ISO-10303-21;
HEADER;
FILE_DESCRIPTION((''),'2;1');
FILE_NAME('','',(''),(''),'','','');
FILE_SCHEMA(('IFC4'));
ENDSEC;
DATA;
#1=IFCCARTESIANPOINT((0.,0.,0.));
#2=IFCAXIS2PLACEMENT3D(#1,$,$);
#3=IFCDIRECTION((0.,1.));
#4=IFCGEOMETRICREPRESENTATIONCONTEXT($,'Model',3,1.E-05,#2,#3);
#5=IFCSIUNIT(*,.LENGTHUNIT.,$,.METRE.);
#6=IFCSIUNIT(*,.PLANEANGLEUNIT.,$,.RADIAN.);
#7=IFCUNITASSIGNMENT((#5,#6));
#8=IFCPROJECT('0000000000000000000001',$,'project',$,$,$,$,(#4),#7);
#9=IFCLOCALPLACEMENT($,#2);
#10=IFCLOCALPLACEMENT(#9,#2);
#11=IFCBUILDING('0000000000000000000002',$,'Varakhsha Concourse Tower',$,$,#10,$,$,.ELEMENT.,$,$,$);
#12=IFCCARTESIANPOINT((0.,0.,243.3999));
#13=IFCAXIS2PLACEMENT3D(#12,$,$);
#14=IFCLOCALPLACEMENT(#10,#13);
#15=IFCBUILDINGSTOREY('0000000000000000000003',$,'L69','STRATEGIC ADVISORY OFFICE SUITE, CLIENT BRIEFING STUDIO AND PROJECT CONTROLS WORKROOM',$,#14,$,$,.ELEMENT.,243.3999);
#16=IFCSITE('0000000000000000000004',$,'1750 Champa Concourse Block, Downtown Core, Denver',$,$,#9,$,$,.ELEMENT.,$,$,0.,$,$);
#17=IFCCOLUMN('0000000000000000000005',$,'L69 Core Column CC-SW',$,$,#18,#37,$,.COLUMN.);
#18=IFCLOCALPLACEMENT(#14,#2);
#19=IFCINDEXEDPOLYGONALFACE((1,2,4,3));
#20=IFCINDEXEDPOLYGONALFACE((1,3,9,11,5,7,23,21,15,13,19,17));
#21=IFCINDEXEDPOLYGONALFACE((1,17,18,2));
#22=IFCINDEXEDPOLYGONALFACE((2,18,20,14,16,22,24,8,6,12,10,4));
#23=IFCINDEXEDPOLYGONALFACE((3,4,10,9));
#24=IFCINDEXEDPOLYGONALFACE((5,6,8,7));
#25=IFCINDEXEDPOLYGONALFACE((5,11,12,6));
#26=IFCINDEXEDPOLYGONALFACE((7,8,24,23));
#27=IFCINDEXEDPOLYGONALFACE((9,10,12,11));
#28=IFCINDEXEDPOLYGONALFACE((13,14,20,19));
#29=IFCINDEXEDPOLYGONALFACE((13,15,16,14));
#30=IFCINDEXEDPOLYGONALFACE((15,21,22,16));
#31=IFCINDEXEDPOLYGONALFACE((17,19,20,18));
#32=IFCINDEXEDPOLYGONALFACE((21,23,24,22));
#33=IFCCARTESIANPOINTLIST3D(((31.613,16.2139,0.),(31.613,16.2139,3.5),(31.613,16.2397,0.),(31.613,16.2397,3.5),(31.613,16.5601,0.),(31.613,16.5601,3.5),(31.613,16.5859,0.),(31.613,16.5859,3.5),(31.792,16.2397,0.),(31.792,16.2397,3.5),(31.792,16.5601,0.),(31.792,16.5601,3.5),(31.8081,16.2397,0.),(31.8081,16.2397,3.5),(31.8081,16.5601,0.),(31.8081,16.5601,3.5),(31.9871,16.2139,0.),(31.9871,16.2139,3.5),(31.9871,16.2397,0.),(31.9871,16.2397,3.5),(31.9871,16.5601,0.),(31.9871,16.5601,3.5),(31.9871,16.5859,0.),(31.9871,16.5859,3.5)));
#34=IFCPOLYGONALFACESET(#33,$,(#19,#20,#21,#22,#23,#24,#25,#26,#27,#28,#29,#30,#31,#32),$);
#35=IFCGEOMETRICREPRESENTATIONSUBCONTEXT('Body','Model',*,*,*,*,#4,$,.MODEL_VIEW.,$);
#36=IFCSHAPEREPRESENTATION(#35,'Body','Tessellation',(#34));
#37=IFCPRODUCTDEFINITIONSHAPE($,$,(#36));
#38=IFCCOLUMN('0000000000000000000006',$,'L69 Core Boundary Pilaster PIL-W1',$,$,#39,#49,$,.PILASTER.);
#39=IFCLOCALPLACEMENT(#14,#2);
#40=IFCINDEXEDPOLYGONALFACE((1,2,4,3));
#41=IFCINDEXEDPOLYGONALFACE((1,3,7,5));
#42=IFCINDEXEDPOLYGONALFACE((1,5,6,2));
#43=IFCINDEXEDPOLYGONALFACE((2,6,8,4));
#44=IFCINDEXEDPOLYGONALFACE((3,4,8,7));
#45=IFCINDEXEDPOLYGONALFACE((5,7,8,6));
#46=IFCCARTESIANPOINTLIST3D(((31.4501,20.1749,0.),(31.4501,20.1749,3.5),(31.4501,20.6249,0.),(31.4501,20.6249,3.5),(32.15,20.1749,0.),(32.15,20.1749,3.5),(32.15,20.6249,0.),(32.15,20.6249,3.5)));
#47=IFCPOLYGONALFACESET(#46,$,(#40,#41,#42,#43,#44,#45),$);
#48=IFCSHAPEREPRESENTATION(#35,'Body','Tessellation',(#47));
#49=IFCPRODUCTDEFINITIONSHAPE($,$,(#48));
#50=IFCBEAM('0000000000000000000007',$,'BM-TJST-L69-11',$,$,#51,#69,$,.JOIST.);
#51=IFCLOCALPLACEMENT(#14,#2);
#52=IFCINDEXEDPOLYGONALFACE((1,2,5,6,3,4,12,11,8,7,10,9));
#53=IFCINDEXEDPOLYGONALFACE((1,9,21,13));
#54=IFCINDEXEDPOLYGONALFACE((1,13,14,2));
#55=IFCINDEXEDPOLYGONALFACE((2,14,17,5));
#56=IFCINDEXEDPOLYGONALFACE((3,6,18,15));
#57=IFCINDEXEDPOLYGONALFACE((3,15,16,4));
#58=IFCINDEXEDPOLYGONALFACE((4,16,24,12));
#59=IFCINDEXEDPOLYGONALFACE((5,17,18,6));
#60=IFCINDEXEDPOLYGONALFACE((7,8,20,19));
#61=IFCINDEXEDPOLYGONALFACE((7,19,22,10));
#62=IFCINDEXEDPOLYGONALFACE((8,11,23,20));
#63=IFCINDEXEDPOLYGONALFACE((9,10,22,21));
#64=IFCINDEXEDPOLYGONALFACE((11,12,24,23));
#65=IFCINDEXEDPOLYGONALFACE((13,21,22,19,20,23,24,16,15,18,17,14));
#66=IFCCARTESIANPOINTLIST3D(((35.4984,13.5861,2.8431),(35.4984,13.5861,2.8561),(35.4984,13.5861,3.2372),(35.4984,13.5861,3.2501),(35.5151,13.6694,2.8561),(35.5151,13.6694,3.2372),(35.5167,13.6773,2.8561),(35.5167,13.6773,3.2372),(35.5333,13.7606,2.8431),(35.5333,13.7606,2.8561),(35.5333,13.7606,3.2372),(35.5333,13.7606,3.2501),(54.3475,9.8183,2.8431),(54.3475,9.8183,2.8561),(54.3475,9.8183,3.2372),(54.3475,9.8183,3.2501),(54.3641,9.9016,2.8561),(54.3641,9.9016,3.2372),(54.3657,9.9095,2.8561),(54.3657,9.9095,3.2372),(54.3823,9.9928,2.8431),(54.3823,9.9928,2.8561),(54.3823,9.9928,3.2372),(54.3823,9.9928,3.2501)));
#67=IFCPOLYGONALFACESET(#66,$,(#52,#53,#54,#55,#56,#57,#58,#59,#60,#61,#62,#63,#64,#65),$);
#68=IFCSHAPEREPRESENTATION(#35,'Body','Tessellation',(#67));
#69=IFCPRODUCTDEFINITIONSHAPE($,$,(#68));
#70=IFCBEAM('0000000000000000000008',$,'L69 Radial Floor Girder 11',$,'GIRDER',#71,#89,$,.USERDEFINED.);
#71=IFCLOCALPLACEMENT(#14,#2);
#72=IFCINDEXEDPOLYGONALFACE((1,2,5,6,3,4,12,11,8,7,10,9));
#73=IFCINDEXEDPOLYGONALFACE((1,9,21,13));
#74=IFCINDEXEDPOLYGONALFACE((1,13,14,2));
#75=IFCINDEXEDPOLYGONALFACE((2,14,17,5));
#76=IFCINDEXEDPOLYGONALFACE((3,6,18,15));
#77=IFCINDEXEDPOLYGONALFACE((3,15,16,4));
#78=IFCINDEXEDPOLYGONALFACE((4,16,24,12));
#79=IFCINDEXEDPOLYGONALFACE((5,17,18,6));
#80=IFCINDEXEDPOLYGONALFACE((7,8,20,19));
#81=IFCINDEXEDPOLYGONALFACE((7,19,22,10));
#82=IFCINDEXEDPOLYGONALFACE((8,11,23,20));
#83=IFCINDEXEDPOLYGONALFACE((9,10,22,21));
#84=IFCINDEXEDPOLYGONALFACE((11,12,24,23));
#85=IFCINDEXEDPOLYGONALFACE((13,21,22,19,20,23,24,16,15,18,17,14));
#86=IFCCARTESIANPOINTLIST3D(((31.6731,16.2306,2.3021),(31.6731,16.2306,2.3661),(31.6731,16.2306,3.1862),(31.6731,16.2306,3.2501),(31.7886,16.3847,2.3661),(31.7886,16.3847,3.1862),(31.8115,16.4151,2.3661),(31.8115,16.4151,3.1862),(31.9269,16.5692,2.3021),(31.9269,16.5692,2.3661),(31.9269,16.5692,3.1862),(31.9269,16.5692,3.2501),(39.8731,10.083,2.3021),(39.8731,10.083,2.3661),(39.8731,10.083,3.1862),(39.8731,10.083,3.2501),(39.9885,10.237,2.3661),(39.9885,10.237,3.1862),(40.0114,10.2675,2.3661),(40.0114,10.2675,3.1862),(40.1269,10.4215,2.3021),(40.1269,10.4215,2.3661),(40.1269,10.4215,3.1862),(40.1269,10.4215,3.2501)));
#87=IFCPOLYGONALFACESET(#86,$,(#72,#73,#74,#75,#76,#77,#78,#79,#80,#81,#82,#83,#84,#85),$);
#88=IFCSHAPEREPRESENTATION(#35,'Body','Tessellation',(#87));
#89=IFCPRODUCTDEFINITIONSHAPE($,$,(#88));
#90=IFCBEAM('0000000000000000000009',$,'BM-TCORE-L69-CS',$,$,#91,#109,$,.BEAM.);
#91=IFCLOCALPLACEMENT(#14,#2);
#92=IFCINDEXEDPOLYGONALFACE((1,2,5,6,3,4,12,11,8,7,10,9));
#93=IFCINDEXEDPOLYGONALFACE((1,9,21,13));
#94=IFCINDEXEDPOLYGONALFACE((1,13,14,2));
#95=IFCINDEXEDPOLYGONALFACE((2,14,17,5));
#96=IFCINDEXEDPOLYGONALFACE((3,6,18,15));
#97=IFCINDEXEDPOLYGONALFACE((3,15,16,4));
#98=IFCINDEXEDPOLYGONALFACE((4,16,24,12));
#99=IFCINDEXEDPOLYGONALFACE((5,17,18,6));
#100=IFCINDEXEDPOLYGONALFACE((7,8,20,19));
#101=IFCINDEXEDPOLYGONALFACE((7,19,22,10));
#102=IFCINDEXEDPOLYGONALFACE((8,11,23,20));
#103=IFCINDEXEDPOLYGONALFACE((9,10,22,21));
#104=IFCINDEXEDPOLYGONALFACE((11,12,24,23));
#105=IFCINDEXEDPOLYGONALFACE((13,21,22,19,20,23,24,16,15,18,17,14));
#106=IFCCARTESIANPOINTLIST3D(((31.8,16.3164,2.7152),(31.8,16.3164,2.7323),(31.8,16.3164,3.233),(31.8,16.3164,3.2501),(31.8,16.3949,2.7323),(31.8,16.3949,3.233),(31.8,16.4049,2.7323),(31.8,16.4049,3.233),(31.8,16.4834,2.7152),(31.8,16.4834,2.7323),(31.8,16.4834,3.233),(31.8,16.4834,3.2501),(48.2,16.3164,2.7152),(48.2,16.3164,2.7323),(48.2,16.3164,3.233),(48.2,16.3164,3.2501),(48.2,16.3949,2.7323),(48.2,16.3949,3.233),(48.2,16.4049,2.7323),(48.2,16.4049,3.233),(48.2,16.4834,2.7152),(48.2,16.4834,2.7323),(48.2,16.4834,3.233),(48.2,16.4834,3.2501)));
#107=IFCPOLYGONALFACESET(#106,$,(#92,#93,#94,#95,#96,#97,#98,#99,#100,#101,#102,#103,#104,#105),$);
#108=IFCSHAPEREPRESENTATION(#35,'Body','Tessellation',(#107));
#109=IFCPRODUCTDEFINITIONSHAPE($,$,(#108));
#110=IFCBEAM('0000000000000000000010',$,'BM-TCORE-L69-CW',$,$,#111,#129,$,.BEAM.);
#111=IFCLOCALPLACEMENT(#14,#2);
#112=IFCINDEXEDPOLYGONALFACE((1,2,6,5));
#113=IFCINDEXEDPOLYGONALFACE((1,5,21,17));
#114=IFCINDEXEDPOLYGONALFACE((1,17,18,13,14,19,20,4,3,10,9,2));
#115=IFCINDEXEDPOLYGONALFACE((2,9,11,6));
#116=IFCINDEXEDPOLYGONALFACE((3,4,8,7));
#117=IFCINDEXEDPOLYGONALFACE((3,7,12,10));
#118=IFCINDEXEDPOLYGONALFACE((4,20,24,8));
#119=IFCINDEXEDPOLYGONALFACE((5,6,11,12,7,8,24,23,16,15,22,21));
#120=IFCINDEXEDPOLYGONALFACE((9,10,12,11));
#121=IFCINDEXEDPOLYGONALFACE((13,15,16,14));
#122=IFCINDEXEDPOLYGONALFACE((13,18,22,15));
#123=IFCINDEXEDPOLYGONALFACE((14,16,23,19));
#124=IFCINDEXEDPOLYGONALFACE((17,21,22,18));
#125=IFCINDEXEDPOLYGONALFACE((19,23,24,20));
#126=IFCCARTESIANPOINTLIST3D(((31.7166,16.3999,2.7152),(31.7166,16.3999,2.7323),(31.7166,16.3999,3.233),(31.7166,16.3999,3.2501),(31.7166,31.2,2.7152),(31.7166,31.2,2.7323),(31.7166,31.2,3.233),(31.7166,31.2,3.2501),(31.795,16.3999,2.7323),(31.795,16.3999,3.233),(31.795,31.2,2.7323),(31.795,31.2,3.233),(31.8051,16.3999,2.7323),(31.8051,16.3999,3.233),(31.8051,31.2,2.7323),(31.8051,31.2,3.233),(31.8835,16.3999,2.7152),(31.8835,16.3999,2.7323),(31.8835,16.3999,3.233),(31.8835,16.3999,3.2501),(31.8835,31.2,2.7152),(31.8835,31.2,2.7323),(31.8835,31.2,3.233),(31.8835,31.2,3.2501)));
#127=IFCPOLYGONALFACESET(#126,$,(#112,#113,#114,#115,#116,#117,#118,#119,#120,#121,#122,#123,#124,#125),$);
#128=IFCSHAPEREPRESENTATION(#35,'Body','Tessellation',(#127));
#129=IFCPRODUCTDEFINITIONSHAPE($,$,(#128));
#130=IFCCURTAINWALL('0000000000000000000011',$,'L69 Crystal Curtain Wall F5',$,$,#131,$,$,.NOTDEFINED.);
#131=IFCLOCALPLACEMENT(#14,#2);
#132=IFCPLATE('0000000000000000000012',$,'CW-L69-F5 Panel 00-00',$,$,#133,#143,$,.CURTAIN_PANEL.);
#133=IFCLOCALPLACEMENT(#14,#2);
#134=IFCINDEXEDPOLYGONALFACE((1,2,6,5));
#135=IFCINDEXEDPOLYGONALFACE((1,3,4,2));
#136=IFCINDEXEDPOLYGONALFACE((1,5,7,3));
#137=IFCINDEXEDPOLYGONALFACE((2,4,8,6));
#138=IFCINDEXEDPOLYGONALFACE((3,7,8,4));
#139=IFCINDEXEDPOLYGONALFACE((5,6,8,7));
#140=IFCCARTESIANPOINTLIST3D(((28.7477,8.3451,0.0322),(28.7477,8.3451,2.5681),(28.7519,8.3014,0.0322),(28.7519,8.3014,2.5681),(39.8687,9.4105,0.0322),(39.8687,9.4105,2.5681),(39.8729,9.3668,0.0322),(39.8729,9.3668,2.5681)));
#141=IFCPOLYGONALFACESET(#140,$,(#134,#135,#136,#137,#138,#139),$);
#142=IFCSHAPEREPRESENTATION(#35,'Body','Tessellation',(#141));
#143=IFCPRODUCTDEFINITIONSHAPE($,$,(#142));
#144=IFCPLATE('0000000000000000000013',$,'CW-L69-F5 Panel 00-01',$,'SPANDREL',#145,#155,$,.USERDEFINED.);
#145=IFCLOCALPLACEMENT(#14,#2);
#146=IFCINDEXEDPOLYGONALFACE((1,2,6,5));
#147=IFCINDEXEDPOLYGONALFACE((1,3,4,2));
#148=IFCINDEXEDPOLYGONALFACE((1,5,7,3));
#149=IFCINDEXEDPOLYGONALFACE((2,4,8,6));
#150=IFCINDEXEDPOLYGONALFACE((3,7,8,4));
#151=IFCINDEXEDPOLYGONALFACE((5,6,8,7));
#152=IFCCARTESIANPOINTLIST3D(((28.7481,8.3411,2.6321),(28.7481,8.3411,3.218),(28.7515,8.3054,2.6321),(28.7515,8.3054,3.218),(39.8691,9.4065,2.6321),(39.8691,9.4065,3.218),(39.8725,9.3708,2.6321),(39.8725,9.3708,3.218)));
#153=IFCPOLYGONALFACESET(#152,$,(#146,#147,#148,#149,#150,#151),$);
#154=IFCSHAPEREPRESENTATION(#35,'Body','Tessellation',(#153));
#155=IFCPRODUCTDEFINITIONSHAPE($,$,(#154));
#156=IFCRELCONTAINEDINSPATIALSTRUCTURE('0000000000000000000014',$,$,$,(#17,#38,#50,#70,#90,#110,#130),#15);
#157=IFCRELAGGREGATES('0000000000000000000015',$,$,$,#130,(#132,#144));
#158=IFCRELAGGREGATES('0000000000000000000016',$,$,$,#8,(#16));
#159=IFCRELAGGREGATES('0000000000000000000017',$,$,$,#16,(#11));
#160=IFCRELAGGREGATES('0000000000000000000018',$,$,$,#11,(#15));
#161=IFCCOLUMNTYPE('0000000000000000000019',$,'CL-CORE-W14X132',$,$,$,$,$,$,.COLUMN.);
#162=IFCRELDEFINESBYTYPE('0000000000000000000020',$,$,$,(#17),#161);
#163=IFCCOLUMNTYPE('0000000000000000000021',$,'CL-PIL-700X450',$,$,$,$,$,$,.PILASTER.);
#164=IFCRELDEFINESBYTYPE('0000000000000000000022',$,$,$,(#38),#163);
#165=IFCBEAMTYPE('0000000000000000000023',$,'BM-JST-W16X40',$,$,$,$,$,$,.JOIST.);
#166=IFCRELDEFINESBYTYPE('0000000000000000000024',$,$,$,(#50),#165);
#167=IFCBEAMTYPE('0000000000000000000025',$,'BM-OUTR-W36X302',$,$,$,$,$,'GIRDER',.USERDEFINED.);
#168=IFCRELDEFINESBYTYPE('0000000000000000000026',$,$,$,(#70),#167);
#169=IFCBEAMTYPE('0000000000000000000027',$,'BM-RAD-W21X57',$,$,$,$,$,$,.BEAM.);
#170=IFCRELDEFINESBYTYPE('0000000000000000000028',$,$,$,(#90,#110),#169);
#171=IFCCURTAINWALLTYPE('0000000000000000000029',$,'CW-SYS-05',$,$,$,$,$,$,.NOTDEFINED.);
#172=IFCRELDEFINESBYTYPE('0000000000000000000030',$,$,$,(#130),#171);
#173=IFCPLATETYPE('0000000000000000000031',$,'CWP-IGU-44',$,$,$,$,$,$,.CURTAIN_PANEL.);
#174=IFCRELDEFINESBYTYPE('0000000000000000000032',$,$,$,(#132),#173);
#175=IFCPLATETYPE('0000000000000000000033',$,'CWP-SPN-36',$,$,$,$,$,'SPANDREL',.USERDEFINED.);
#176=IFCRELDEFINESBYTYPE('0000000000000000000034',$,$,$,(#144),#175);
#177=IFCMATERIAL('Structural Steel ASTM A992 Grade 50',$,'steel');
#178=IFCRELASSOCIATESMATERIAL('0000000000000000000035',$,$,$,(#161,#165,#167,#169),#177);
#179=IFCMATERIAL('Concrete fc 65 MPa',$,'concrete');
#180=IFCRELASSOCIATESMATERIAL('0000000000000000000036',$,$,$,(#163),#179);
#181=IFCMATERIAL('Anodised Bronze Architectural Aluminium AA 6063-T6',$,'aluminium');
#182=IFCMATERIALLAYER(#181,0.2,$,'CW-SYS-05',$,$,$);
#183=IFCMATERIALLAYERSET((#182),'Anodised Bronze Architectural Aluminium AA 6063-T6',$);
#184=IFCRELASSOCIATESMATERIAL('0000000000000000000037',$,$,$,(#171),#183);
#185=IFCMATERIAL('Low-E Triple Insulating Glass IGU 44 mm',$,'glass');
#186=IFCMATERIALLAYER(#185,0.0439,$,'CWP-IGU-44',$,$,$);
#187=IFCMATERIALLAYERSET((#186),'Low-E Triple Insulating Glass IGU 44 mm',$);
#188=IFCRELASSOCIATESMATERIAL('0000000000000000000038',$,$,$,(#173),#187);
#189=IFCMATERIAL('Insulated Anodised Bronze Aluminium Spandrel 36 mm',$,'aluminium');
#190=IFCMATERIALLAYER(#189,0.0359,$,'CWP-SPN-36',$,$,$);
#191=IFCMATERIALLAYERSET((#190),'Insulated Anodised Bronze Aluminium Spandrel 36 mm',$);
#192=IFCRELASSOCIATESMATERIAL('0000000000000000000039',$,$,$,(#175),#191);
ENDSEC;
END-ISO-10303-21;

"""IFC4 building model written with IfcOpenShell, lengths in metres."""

from ifc_helpers import new_model, si_unit, direction, frame, origin, origin_2d, place, context, subcontext, project, spatial, rectangle, i_section, extrude, source, transform, mapped, material, layer, layer_set, material_profile, profile_set, type_object, type_shapes, element, aggregate, save


model = new_model("IFC4")

# Units and contexts
model_context = context("Model", 3, precision=1e-05, world=origin(), true_north=direction((0.0, 1.0)))
body_context = subcontext(model_context, "Body", "Model", "MODEL_VIEW")
ifc_project = project(units=[si_unit("LENGTHUNIT", "METRE"), si_unit("PLANEANGLEUNIT", "RADIAN")], contexts=[model_context])

# Site, building, storey
site_placement = place(None, origin())
site = spatial("IfcSite", under=ifc_project, at=site_placement, Name="1750 Champa Concourse Block, Downtown Core, Denver", CompositionType="ELEMENT", RefElevation=0.0)
building_placement = place(site_placement, origin())
building = spatial("IfcBuilding", under=site, at=building_placement, Name="Varakhsha Concourse Tower", CompositionType="ELEMENT")
storey_placement = place(building_placement, frame((0.0, 0.0, 243.3999)))
storey = spatial("IfcBuildingStorey", under=building, at=storey_placement, Name="L69", Description="STRATEGIC ADVISORY OFFICE SUITE, CLIENT BRIEFING STUDIO AND PROJECT CONTROLS WORKROOM", CompositionType="ELEMENT", Elevation=243.3999)

# Columns
ifc_material_1 = material(Name="Structural Steel ASTM A992 Grade 50", Category="steel")
ifc_material_profile_1 = material_profile(ifc_material_1, i_section(OverallWidth=0.374, OverallDepth=0.3721, WebThickness=0.0161, FlangeThickness=0.0259, at=origin_2d()), Name="W14X132")
ifc_profile_set_1 = profile_set([ifc_material_profile_1], Name="Structural Steel ASTM A992 Grade 50")
column_type_1 = type_object("IfcColumnType", Name="CL-CORE-W14X132", PredefinedType="COLUMN", material=ifc_profile_set_1)
column_1_placement = place(storey_placement, frame((31.8, 16.3999, 0.0), z_axis=(0.0, 0.0, 1.0), x_axis=(1.0, 0.0, 0.0)))
element("IfcColumn", 1, at=column_1_placement, inside=storey, type_object=column_type_1, Name="L69 Core Column CC-SW", PredefinedType="COLUMN", context=body_context, shape_type="SweptSolid", body=[
    extrude(i_section(OverallWidth=0.374, OverallDepth=0.3721, WebThickness=0.0161, FlangeThickness=0.0259, at=origin_2d()), origin(), (0.0, 0.0, 1.0), 3.5),
])
ifc_material_2 = material(Name="Concrete fc 65 MPa", Category="concrete")
ifc_material_profile_2 = material_profile(ifc_material_2, rectangle(XDim=0.7, YDim=0.45, at=origin_2d()), Name="RC 700x450")
ifc_profile_set_2 = profile_set([ifc_material_profile_2], Name="Concrete fc 65 MPa")
column_type_2 = type_object("IfcColumnType", Name="CL-PIL-700X450", PredefinedType="PILASTER", material=ifc_profile_set_2)
column_2_placement = place(storey_placement, frame((31.8, 20.3999, 0.0), z_axis=(0.0, 0.0, 1.0), x_axis=(1.0, 0.0, 0.0)))
element("IfcColumn", 2, at=column_2_placement, inside=storey, type_object=column_type_2, Name="L69 Core Boundary Pilaster PIL-W1", PredefinedType="PILASTER", context=body_context, shape_type="SweptSolid", body=[
    extrude(rectangle(XDim=0.7, YDim=0.45, at=origin_2d()), origin(), (0.0, 0.0, 1.0), 3.5),
])

# Beams
ifc_material_profile_3 = material_profile(ifc_material_1, i_section(OverallWidth=0.178, OverallDepth=0.407, WebThickness=0.0081, FlangeThickness=0.0129, at=origin_2d()), Name="W16X40")
ifc_profile_set_3 = profile_set([ifc_material_profile_3], Name="Structural Steel ASTM A992 Grade 50")
beam_type_1 = type_object("IfcBeamType", Name="BM-JST-W16X40", PredefinedType="JOIST", material=ifc_profile_set_3)
beam_1_placement = place(storey_placement, frame((35.5159, 13.6733, 3.0466), z_axis=(0.980601, -0.196016, 0.0), x_axis=(0.196016, 0.980601, 0.0)))
element("IfcBeam", 3, at=beam_1_placement, inside=storey, type_object=beam_type_1, Name="BM-TJST-L69-11", PredefinedType="JOIST", context=body_context, shape_type="SweptSolid", body=[
    extrude(i_section(OverallWidth=0.178, OverallDepth=0.407, WebThickness=0.0081, FlangeThickness=0.0129, at=origin_2d()), origin(), (0.0, 0.0, 1.0), 19.2219),
])
ifc_material_profile_4 = material_profile(ifc_material_1, i_section(OverallWidth=0.4231, OverallDepth=0.948, WebThickness=0.0381, FlangeThickness=0.064, at=origin_2d()), Name="W36X302")
ifc_profile_set_4 = profile_set([ifc_material_profile_4], Name="Structural Steel ASTM A992 Grade 50")
beam_type_2 = type_object("IfcBeamType", Name="BM-OUTR-W36X302", ElementType="GIRDER", PredefinedType="USERDEFINED", material=ifc_profile_set_4)
beam_2_placement = place(storey_placement, frame((31.8, 16.3999, 2.7761), z_axis=(0.800106, -0.599859, 0.0), x_axis=(0.599859, 0.800106, 0.0)))
element("IfcBeam", 4, at=beam_2_placement, inside=storey, type_object=beam_type_2, Name="L69 Radial Floor Girder 11", ObjectType="GIRDER", PredefinedType="USERDEFINED", context=body_context, shape_type="SweptSolid", body=[
    extrude(i_section(OverallWidth=0.4231, OverallDepth=0.948, WebThickness=0.0381, FlangeThickness=0.064, at=origin_2d()), origin(), (0.0, 0.0, 1.0), 10.2485),
])
ifc_material_profile_5 = material_profile(ifc_material_1, i_section(OverallWidth=0.167, OverallDepth=0.5349, WebThickness=0.01, FlangeThickness=0.0171, at=origin_2d()), Name="W21X57")
ifc_profile_set_5 = profile_set([ifc_material_profile_5], Name="Structural Steel ASTM A992 Grade 50")
beam_type_3 = type_object("IfcBeamType", Name="BM-RAD-W21X57", PredefinedType="BEAM", material=ifc_profile_set_5)
beam_3_placement = place(storey_placement, frame((31.8, 16.3999, 2.9827), z_axis=(1.0, 0.0, 0.0), x_axis=(0.0, 1.0, 0.0)))
element("IfcBeam", 5, at=beam_3_placement, inside=storey, type_object=beam_type_3, Name="BM-TCORE-L69-CS", PredefinedType="BEAM", context=body_context, shape_type="SweptSolid", body=[
    extrude(i_section(OverallWidth=0.167, OverallDepth=0.5349, WebThickness=0.01, FlangeThickness=0.0171, at=origin_2d()), origin(), (0.0, 0.0, 1.0), 16.3999),
])
beam_4_placement = place(storey_placement, frame((31.8, 16.3999, 2.9827), z_axis=(0.0, 1.0, 0.0), x_axis=(-1.0, 0.0, 0.0)))
element("IfcBeam", 6, at=beam_4_placement, inside=storey, type_object=beam_type_3, Name="BM-TCORE-L69-CW", PredefinedType="BEAM", context=body_context, shape_type="SweptSolid", body=[
    extrude(i_section(OverallWidth=0.167, OverallDepth=0.5349, WebThickness=0.01, FlangeThickness=0.0171, at=origin_2d()), origin(), (0.0, 0.0, 1.0), 14.8),
])

# Curtain wall, plates
ifc_material_3 = material(Name="Anodised Bronze Architectural Aluminium AA 6063-T6", Category="aluminium")
ifc_layer_1 = layer(ifc_material_3, 0.2, Name="CW-SYS-05")
ifc_layer_set_1 = layer_set([ifc_layer_1], Name="Anodised Bronze Architectural Aluminium AA 6063-T6")
curtain_wall_type = type_object("IfcCurtainWallType", Name="CW-SYS-05", PredefinedType="NOTDEFINED", material=ifc_layer_set_1)
curtain_wall_placement = place(storey_placement, origin())
curtain_wall = element("IfcCurtainWall", 7, at=curtain_wall_placement, inside=storey, type_object=curtain_wall_type, Name="L69 Crystal Curtain Wall F5", PredefinedType="NOTDEFINED")
ifc_material_4 = material(Name="Low-E Triple Insulating Glass IGU 44 mm", Category="glass")
ifc_layer_2 = layer(ifc_material_4, 0.0439, Name="CWP-IGU-44")
ifc_layer_set_2 = layer_set([ifc_layer_2], Name="Low-E Triple Insulating Glass IGU 44 mm")
plate_type_1 = type_object("IfcPlateType", Name="CWP-IGU-44", PredefinedType="CURTAIN_PANEL", material=ifc_layer_set_2)
shared_shape_1 = source(origin(), body_context, "Body", "SweptSolid", [
    extrude(rectangle(XDim=11.1719, YDim=0.0439, at=origin_2d()), origin(), (0.0, 0.0, 1.0), 2.5359),
])
type_shapes(plate_type_1, [shared_shape_1])
plate_1_placement = place(storey_placement, frame((34.3103, 8.856, 0.0322), z_axis=(0.0, 0.0, 1.0), x_axis=(-0.995443, -0.095363, 0.0)))
plate_1 = element("IfcPlate", 8, at=plate_1_placement, type_object=plate_type_1, Name="CW-L69-F5 Panel 00-00", PredefinedType="CURTAIN_PANEL", context=body_context, shape_type="MappedRepresentation", body=[
    mapped(shared_shape_1, transform((0.0, 0.0, 0.0), scale=1.0)),
])
ifc_material_5 = material(Name="Insulated Anodised Bronze Aluminium Spandrel 36 mm", Category="aluminium")
ifc_layer_3 = layer(ifc_material_5, 0.0359, Name="CWP-SPN-36")
ifc_layer_set_3 = layer_set([ifc_layer_3], Name="Insulated Anodised Bronze Aluminium Spandrel 36 mm")
plate_type_2 = type_object("IfcPlateType", Name="CWP-SPN-36", ElementType="SPANDREL", PredefinedType="USERDEFINED", material=ifc_layer_set_3)
shared_shape_2 = source(origin(), body_context, "Body", "SweptSolid", [
    extrude(rectangle(XDim=11.1719, YDim=0.0359, at=origin_2d()), origin(), (0.0, 0.0, 1.0), 0.5859),
])
type_shapes(plate_type_2, [shared_shape_2])
plate_2_placement = place(storey_placement, frame((34.3103, 8.856, 2.6321), z_axis=(0.0, 0.0, 1.0), x_axis=(-0.995443, -0.095363, 0.0)))
plate_2 = element("IfcPlate", 9, at=plate_2_placement, type_object=plate_type_2, Name="CW-L69-F5 Panel 00-01", ObjectType="SPANDREL", PredefinedType="USERDEFINED", context=body_context, shape_type="MappedRepresentation", body=[
    mapped(shared_shape_2, transform((0.0, 0.0, 0.0), scale=1.0)),
])
aggregate(curtain_wall, [plate_1, plate_2])

save(model, "model.ifc")
